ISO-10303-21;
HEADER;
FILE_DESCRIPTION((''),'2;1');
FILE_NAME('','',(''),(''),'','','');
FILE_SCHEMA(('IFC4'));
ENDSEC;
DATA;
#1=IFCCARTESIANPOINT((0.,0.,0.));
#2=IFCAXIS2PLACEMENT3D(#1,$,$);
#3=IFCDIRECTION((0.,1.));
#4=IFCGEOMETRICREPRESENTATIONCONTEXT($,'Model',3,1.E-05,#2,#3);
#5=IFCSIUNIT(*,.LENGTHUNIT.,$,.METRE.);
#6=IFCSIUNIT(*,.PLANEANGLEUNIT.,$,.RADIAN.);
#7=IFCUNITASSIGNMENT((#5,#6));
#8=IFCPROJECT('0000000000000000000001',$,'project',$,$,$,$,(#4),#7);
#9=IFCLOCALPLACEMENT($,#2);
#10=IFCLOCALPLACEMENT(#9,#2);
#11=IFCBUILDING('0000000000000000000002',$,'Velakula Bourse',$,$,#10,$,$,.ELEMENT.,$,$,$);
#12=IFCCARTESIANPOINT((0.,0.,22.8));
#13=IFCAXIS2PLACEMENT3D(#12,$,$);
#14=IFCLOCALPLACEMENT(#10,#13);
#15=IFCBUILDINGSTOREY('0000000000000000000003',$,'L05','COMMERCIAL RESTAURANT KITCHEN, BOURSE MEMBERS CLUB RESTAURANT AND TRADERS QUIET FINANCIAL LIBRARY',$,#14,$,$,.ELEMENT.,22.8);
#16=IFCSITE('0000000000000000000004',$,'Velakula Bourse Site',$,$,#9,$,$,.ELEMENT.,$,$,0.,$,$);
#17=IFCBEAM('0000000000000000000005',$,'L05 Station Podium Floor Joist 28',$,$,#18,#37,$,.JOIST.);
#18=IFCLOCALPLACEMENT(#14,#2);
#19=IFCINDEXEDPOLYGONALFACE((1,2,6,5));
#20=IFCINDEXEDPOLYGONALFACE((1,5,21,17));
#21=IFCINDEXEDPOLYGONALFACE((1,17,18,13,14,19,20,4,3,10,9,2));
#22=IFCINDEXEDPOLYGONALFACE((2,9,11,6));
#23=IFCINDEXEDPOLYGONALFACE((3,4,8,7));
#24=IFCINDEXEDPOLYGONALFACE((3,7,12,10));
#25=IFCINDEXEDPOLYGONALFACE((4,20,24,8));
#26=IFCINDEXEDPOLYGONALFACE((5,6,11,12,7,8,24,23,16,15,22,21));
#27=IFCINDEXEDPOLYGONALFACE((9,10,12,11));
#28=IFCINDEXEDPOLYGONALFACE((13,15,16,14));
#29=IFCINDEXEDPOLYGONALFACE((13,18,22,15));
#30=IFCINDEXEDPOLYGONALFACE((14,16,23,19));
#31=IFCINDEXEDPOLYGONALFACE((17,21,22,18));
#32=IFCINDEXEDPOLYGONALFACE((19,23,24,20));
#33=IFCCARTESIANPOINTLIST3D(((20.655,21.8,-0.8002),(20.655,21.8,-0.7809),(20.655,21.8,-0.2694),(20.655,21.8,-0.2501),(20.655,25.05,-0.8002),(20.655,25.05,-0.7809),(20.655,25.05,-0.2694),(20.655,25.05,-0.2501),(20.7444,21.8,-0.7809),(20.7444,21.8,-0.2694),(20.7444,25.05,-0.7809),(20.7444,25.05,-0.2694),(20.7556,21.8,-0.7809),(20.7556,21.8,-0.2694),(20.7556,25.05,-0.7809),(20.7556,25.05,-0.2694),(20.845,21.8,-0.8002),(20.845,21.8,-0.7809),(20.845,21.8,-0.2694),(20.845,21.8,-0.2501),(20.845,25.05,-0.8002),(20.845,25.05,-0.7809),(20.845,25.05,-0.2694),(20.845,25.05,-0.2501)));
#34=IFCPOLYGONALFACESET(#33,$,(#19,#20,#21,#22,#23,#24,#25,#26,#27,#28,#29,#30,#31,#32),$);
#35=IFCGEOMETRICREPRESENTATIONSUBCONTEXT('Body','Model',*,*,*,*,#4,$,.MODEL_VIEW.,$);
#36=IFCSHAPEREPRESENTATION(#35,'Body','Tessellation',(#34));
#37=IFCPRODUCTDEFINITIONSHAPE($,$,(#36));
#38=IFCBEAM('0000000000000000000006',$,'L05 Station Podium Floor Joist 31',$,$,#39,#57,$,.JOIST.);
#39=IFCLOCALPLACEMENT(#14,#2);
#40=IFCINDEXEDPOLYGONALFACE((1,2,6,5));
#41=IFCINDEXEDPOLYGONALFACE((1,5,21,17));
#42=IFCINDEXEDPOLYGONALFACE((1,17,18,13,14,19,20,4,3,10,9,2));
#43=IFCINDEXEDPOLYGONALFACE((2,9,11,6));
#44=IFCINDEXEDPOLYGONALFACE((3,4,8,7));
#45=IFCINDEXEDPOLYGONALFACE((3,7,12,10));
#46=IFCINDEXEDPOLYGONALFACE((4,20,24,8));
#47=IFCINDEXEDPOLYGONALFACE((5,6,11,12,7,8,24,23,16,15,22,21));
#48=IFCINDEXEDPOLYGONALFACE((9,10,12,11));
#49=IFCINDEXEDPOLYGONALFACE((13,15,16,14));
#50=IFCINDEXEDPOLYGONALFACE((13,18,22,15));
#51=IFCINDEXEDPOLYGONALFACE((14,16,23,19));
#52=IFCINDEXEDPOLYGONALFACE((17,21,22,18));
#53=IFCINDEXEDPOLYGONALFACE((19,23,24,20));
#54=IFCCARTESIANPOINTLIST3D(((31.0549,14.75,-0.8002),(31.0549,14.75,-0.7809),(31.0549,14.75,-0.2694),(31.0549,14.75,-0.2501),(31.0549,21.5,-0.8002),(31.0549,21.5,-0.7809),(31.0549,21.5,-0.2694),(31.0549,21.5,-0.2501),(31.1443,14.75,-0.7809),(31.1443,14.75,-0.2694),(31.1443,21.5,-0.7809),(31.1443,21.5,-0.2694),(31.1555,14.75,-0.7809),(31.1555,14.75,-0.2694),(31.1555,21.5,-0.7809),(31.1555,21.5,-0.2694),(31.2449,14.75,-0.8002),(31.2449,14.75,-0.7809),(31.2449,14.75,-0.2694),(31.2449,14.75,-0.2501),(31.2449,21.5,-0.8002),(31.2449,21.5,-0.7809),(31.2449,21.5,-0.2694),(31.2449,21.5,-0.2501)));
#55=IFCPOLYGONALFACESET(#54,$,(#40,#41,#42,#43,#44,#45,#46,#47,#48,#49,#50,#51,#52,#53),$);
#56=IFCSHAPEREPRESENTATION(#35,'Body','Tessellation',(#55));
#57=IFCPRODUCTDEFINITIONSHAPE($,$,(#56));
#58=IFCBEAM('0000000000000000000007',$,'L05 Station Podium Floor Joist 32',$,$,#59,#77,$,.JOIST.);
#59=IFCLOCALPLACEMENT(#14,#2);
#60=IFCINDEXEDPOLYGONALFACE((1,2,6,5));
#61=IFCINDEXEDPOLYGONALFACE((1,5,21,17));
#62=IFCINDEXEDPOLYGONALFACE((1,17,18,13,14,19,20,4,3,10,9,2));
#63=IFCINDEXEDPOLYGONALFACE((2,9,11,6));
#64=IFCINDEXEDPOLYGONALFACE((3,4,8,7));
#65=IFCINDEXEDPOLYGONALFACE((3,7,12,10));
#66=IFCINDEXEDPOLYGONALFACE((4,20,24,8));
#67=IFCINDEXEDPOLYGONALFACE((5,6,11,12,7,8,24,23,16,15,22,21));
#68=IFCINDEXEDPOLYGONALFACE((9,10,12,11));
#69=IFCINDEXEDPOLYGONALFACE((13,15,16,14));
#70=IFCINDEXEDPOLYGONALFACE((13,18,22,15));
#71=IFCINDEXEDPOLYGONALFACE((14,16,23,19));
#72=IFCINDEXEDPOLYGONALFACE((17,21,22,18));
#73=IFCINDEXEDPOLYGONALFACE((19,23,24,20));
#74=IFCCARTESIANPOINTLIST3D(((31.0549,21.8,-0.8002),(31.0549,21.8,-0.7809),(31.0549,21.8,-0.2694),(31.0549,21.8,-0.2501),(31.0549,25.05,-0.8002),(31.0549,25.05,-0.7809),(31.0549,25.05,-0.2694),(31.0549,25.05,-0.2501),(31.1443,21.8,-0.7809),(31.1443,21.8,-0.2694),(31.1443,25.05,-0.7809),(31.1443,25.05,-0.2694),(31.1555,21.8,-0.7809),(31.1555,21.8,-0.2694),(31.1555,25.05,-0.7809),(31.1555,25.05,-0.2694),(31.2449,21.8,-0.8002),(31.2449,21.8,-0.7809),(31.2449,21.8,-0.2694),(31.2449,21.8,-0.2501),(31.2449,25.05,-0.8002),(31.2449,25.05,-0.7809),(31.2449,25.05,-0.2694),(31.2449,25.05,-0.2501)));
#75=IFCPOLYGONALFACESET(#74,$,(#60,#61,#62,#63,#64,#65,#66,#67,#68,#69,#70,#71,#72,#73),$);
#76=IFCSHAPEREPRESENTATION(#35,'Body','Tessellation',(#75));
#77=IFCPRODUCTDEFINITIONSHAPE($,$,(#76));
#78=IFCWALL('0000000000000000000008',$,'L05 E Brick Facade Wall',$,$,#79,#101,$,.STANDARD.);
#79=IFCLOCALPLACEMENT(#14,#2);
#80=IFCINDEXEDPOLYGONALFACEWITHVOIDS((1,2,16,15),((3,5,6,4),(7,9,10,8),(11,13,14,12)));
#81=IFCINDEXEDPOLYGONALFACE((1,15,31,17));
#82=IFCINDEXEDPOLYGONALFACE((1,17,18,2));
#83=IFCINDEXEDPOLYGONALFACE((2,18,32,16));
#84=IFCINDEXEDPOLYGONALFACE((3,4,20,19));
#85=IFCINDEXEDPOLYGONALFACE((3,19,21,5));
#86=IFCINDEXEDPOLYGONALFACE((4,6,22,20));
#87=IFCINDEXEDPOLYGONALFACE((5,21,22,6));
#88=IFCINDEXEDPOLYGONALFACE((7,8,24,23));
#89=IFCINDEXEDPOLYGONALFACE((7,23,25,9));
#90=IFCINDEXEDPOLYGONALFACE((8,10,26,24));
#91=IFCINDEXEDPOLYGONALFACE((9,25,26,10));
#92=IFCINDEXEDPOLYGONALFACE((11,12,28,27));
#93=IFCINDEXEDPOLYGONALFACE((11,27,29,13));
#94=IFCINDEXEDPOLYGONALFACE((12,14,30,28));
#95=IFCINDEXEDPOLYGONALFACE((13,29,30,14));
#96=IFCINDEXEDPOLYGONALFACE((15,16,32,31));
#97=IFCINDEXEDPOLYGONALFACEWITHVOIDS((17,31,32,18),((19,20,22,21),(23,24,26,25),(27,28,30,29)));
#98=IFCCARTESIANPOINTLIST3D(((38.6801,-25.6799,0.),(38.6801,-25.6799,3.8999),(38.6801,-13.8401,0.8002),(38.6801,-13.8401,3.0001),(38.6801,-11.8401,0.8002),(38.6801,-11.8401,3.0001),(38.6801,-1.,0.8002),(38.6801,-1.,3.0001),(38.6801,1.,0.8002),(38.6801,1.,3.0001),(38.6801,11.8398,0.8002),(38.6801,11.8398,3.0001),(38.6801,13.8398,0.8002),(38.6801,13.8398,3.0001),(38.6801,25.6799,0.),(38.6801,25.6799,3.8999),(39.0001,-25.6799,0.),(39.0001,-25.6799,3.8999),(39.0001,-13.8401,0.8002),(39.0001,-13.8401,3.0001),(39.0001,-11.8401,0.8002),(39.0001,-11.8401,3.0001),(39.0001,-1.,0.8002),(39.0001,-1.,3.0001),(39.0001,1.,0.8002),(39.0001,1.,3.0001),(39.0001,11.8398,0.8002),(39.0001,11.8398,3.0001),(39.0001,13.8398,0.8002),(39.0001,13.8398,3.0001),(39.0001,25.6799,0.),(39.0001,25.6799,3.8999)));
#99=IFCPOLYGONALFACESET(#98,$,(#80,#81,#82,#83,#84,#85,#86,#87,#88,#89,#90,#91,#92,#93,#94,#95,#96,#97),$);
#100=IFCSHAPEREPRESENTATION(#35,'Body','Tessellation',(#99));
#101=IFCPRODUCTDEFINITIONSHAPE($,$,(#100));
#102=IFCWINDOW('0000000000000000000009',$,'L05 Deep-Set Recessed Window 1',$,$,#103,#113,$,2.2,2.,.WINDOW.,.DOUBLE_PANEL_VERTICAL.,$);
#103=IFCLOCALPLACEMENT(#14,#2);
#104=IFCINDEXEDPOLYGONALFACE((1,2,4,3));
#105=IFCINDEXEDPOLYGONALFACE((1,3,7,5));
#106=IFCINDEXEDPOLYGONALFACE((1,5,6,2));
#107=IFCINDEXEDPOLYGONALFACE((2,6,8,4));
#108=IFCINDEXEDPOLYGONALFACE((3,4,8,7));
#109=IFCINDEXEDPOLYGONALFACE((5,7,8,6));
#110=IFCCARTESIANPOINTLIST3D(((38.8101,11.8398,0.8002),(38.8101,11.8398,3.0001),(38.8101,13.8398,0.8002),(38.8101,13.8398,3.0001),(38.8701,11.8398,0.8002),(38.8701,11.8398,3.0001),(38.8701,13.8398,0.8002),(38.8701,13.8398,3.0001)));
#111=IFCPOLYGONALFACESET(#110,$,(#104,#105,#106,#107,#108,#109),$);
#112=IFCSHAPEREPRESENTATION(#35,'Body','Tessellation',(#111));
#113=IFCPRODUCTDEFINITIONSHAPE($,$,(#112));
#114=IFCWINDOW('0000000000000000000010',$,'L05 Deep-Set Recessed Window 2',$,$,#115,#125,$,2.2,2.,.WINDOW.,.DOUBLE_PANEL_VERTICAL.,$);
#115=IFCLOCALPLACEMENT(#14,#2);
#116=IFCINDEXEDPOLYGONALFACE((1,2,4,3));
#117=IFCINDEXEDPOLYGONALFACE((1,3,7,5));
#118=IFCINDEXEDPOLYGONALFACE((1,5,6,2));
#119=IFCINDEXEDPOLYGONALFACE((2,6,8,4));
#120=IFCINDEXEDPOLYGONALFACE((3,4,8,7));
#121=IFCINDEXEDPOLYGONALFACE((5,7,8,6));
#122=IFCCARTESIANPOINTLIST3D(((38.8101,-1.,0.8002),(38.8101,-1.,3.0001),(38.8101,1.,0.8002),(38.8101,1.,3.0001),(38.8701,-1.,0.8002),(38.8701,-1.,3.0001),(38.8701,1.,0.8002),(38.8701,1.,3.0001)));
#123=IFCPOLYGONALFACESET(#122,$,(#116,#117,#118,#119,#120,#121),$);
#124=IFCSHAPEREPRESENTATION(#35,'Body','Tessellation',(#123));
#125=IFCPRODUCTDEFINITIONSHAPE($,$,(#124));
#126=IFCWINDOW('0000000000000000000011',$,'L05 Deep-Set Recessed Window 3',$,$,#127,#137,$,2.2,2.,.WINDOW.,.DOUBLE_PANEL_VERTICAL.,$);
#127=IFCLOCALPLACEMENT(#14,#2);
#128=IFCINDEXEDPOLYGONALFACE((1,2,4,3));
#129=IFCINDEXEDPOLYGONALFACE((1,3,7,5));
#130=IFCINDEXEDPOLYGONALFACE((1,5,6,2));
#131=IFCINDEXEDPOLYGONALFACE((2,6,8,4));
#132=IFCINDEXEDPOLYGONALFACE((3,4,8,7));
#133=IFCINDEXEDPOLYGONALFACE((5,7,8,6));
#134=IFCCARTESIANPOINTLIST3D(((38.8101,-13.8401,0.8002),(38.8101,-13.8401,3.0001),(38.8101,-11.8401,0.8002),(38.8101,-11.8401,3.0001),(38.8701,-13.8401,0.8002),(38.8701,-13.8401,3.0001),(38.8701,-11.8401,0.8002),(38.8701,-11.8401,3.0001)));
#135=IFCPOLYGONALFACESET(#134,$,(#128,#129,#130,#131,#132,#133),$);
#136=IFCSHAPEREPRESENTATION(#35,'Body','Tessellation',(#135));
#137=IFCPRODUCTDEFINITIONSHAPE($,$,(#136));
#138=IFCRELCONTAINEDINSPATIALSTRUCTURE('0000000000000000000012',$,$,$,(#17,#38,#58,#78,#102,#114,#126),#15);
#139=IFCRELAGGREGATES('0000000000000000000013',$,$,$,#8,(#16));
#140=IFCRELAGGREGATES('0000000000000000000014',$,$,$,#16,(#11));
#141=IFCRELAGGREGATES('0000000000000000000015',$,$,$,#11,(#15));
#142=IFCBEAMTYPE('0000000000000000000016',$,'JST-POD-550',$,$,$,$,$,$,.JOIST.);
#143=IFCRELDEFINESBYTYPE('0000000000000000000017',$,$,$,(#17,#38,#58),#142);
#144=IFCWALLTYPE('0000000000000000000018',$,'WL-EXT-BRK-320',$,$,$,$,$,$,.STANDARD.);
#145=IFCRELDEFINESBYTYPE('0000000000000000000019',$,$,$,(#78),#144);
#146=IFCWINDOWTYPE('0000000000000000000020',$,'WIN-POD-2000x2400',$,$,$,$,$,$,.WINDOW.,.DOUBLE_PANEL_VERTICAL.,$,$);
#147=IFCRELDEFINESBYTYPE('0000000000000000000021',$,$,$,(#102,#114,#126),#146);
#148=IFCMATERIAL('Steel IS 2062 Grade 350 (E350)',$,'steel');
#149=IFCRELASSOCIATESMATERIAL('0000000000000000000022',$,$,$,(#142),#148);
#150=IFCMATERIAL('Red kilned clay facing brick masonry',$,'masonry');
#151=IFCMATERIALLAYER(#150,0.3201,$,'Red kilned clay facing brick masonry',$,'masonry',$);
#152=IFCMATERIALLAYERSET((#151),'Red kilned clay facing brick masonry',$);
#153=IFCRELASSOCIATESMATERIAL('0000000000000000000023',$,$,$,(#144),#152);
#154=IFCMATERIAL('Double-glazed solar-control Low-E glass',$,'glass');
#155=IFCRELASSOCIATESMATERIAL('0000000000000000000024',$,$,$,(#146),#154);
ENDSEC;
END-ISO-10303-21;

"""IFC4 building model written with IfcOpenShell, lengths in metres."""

from ifc_helpers import new_model, si_unit, direction, frame, frame_2d, origin, origin_2d, place, context, subcontext, project, spatial, rectangle, i_section, extrude, material, layer, layer_set, material_profile, profile_set, type_object, element, fill, save


model = new_model("IFC4")

# Units and contexts
model_context = context("Model", 3, precision=1e-05, world=origin(), true_north=direction((0.0, 1.0)))
body_context = subcontext(model_context, "Body", "Model", "MODEL_VIEW")
ifc_project = project(units=[si_unit("LENGTHUNIT", "METRE"), si_unit("PLANEANGLEUNIT", "RADIAN")], contexts=[model_context])

# Site, building, storey
site_placement = place(None, origin())
site = spatial("IfcSite", under=ifc_project, at=site_placement, Name="Velakula Bourse Site", CompositionType="ELEMENT", RefElevation=0.0)
building_placement = place(site_placement, origin())
building = spatial("IfcBuilding", under=site, at=building_placement, Name="Velakula Bourse", CompositionType="ELEMENT")
storey_placement = place(building_placement, frame((0.0, 0.0, 22.8)))
storey = spatial("IfcBuildingStorey", under=building, at=storey_placement, Name="L05", Description="COMMERCIAL RESTAURANT KITCHEN, BOURSE MEMBERS CLUB RESTAURANT AND TRADERS QUIET FINANCIAL LIBRARY", CompositionType="ELEMENT", Elevation=22.8)

# Beams
ifc_material_1 = material(Name="Steel IS 2062 Grade 350 (E350)", Category="steel")
ifc_material_profile_1 = material_profile(ifc_material_1, i_section(OverallWidth=0.1899, OverallDepth=0.55, WebThickness=0.0112, FlangeThickness=0.0193, at=origin_2d()), Name="Steel IS 2062 Grade 350 (E350)")
ifc_profile_set_1 = profile_set([ifc_material_profile_1], Name="Steel IS 2062 Grade 350 (E350)")
beam_type_1 = type_object("IfcBeamType", Name="JST-POD-550", PredefinedType="JOIST", material=ifc_profile_set_1)
beam_1_placement = place(storey_placement, frame((20.75, 21.8, -0.5251), z_axis=(0.0, 1.0, 0.0), x_axis=(-1.0, 0.0, 0.0)))
element("IfcBeam", 1, at=beam_1_placement, inside=storey, type_object=beam_type_1, Name="L05 Station Podium Floor Joist 28", PredefinedType="JOIST", context=body_context, shape_type="SweptSolid", body=[
    extrude(i_section(OverallWidth=0.1899, OverallDepth=0.55, WebThickness=0.0112, FlangeThickness=0.0193, at=origin_2d()), origin(), (0.0, 0.0, 1.0), 3.25),
])
beam_2_placement = place(storey_placement, frame((31.1499, 14.75, -0.5251), z_axis=(0.0, 1.0, 0.0), x_axis=(-1.0, 0.0, 0.0)))
element("IfcBeam", 2, at=beam_2_placement, inside=storey, type_object=beam_type_1, Name="L05 Station Podium Floor Joist 31", PredefinedType="JOIST", context=body_context, shape_type="SweptSolid", body=[
    extrude(i_section(OverallWidth=0.1899, OverallDepth=0.55, WebThickness=0.0112, FlangeThickness=0.0193, at=origin_2d()), origin(), (0.0, 0.0, 1.0), 6.75),
])
beam_3_placement = place(storey_placement, frame((31.1499, 21.8, -0.5251), z_axis=(0.0, 1.0, 0.0), x_axis=(-1.0, 0.0, 0.0)))
element("IfcBeam", 3, at=beam_3_placement, inside=storey, type_object=beam_type_1, Name="L05 Station Podium Floor Joist 32", PredefinedType="JOIST", context=body_context, shape_type="SweptSolid", body=[
    extrude(i_section(OverallWidth=0.1899, OverallDepth=0.55, WebThickness=0.0112, FlangeThickness=0.0193, at=origin_2d()), origin(), (0.0, 0.0, 1.0), 3.25),
])

# Wall, openings, windows
ifc_material_2 = material(Name="Red kilned clay facing brick masonry", Category="masonry")
ifc_layer = layer(ifc_material_2, 0.3201, Name="Red kilned clay facing brick masonry", Category="masonry")
ifc_layer_set = layer_set([ifc_layer], Name="Red kilned clay facing brick masonry")
wall_type = type_object("IfcWallType", Name="WL-EXT-BRK-320", PredefinedType="STANDARD", material=ifc_layer_set)
wall_placement = place(storey_placement, frame((38.8401, 25.6799, 0.0), z_axis=(0.0, 0.0, 1.0), x_axis=(0.0, -1.0, 0.0)))
wall = element("IfcWall", 4, at=wall_placement, inside=storey, type_object=wall_type, Name="L05 E Brick Facade Wall", PredefinedType="STANDARD", context=body_context, shape_type="SweptSolid", body=[
    extrude(rectangle(XDim=51.3599, YDim=0.3201, at=frame_2d((25.6799, 0.0))), origin(), (0.0, 0.0, 1.0), 3.8999),
])
opening_1_placement = place(wall_placement, frame((11.8401, 0.0, 0.8)))
opening_1 = element("IfcOpeningElement", 5, at=opening_1_placement, cuts=wall, PredefinedType="OPENING", context=body_context, shape_type="SweptSolid", body=[
    extrude(rectangle(XDim=2.0, YDim=2.2, at=frame_2d((1.0, 1.1001))), frame((0.0, 0.1699, 0.0), z_axis=(0.0, -1.0, 0.0), x_axis=(1.0, 0.0, 0.0)), (0.0, 0.0, 1.0), 0.3401),
])
opening_2_placement = place(wall_placement, frame((24.6799, 0.0, 0.8)))
opening_2 = element("IfcOpeningElement", 6, at=opening_2_placement, cuts=wall, PredefinedType="OPENING", context=body_context, shape_type="SweptSolid", body=[
    extrude(rectangle(XDim=2.0, YDim=2.2, at=frame_2d((1.0, 1.1001))), frame((0.0, 0.1699, 0.0), z_axis=(0.0, -1.0, 0.0), x_axis=(1.0, 0.0, 0.0)), (0.0, 0.0, 1.0), 0.3401),
])
opening_3_placement = place(wall_placement, frame((37.52, 0.0, 0.8)))
opening_3 = element("IfcOpeningElement", 7, at=opening_3_placement, cuts=wall, PredefinedType="OPENING", context=body_context, shape_type="SweptSolid", body=[
    extrude(rectangle(XDim=2.0, YDim=2.2, at=frame_2d((1.0, 1.1001))), frame((0.0, 0.1699, 0.0), z_axis=(0.0, -1.0, 0.0), x_axis=(1.0, 0.0, 0.0)), (0.0, 0.0, 1.0), 0.3401),
])
ifc_material_3 = material(Name="Double-glazed solar-control Low-E glass", Category="glass")
window_type = type_object("IfcWindowType", Name="WIN-POD-2000x2400", PartitioningType="DOUBLE_PANEL_VERTICAL", PredefinedType="WINDOW", material=ifc_material_3)
window_1_placement = place(opening_1_placement, origin())
window_1 = element("IfcWindow", 8, at=window_1_placement, inside=storey, type_object=window_type, Name="L05 Deep-Set Recessed Window 1", OverallHeight=2.2, OverallWidth=2.0, PartitioningType="DOUBLE_PANEL_VERTICAL", PredefinedType="WINDOW", context=body_context, shape_type="SweptSolid", body=[
    extrude(rectangle(XDim=2.0, YDim=2.2, at=frame_2d((1.0, 1.1001))), frame((0.0, 0.03, 0.0), z_axis=(0.0, -1.0, 0.0), x_axis=(1.0, 0.0, 0.0)), (0.0, 0.0, 1.0), 0.0601),
])
fill(opening_1, window_1)
window_2_placement = place(opening_2_placement, origin())
window_2 = element("IfcWindow", 9, at=window_2_placement, inside=storey, type_object=window_type, Name="L05 Deep-Set Recessed Window 2", OverallHeight=2.2, OverallWidth=2.0, PartitioningType="DOUBLE_PANEL_VERTICAL", PredefinedType="WINDOW", context=body_context, shape_type="SweptSolid", body=[
    extrude(rectangle(XDim=2.0, YDim=2.2, at=frame_2d((1.0, 1.1001))), frame((0.0, 0.03, 0.0), z_axis=(0.0, -1.0, 0.0), x_axis=(1.0, 0.0, 0.0)), (0.0, 0.0, 1.0), 0.0601),
])
fill(opening_2, window_2)
window_3_placement = place(opening_3_placement, origin())
window_3 = element("IfcWindow", 10, at=window_3_placement, inside=storey, type_object=window_type, Name="L05 Deep-Set Recessed Window 3", OverallHeight=2.2, OverallWidth=2.0, PartitioningType="DOUBLE_PANEL_VERTICAL", PredefinedType="WINDOW", context=body_context, shape_type="SweptSolid", body=[
    extrude(rectangle(XDim=2.0, YDim=2.2, at=frame_2d((1.0, 1.1001))), frame((0.0, 0.03, 0.0), z_axis=(0.0, -1.0, 0.0), x_axis=(1.0, 0.0, 0.0)), (0.0, 0.0, 1.0), 0.0601),
])
fill(opening_3, window_3)

save(model, "model.ifc")
